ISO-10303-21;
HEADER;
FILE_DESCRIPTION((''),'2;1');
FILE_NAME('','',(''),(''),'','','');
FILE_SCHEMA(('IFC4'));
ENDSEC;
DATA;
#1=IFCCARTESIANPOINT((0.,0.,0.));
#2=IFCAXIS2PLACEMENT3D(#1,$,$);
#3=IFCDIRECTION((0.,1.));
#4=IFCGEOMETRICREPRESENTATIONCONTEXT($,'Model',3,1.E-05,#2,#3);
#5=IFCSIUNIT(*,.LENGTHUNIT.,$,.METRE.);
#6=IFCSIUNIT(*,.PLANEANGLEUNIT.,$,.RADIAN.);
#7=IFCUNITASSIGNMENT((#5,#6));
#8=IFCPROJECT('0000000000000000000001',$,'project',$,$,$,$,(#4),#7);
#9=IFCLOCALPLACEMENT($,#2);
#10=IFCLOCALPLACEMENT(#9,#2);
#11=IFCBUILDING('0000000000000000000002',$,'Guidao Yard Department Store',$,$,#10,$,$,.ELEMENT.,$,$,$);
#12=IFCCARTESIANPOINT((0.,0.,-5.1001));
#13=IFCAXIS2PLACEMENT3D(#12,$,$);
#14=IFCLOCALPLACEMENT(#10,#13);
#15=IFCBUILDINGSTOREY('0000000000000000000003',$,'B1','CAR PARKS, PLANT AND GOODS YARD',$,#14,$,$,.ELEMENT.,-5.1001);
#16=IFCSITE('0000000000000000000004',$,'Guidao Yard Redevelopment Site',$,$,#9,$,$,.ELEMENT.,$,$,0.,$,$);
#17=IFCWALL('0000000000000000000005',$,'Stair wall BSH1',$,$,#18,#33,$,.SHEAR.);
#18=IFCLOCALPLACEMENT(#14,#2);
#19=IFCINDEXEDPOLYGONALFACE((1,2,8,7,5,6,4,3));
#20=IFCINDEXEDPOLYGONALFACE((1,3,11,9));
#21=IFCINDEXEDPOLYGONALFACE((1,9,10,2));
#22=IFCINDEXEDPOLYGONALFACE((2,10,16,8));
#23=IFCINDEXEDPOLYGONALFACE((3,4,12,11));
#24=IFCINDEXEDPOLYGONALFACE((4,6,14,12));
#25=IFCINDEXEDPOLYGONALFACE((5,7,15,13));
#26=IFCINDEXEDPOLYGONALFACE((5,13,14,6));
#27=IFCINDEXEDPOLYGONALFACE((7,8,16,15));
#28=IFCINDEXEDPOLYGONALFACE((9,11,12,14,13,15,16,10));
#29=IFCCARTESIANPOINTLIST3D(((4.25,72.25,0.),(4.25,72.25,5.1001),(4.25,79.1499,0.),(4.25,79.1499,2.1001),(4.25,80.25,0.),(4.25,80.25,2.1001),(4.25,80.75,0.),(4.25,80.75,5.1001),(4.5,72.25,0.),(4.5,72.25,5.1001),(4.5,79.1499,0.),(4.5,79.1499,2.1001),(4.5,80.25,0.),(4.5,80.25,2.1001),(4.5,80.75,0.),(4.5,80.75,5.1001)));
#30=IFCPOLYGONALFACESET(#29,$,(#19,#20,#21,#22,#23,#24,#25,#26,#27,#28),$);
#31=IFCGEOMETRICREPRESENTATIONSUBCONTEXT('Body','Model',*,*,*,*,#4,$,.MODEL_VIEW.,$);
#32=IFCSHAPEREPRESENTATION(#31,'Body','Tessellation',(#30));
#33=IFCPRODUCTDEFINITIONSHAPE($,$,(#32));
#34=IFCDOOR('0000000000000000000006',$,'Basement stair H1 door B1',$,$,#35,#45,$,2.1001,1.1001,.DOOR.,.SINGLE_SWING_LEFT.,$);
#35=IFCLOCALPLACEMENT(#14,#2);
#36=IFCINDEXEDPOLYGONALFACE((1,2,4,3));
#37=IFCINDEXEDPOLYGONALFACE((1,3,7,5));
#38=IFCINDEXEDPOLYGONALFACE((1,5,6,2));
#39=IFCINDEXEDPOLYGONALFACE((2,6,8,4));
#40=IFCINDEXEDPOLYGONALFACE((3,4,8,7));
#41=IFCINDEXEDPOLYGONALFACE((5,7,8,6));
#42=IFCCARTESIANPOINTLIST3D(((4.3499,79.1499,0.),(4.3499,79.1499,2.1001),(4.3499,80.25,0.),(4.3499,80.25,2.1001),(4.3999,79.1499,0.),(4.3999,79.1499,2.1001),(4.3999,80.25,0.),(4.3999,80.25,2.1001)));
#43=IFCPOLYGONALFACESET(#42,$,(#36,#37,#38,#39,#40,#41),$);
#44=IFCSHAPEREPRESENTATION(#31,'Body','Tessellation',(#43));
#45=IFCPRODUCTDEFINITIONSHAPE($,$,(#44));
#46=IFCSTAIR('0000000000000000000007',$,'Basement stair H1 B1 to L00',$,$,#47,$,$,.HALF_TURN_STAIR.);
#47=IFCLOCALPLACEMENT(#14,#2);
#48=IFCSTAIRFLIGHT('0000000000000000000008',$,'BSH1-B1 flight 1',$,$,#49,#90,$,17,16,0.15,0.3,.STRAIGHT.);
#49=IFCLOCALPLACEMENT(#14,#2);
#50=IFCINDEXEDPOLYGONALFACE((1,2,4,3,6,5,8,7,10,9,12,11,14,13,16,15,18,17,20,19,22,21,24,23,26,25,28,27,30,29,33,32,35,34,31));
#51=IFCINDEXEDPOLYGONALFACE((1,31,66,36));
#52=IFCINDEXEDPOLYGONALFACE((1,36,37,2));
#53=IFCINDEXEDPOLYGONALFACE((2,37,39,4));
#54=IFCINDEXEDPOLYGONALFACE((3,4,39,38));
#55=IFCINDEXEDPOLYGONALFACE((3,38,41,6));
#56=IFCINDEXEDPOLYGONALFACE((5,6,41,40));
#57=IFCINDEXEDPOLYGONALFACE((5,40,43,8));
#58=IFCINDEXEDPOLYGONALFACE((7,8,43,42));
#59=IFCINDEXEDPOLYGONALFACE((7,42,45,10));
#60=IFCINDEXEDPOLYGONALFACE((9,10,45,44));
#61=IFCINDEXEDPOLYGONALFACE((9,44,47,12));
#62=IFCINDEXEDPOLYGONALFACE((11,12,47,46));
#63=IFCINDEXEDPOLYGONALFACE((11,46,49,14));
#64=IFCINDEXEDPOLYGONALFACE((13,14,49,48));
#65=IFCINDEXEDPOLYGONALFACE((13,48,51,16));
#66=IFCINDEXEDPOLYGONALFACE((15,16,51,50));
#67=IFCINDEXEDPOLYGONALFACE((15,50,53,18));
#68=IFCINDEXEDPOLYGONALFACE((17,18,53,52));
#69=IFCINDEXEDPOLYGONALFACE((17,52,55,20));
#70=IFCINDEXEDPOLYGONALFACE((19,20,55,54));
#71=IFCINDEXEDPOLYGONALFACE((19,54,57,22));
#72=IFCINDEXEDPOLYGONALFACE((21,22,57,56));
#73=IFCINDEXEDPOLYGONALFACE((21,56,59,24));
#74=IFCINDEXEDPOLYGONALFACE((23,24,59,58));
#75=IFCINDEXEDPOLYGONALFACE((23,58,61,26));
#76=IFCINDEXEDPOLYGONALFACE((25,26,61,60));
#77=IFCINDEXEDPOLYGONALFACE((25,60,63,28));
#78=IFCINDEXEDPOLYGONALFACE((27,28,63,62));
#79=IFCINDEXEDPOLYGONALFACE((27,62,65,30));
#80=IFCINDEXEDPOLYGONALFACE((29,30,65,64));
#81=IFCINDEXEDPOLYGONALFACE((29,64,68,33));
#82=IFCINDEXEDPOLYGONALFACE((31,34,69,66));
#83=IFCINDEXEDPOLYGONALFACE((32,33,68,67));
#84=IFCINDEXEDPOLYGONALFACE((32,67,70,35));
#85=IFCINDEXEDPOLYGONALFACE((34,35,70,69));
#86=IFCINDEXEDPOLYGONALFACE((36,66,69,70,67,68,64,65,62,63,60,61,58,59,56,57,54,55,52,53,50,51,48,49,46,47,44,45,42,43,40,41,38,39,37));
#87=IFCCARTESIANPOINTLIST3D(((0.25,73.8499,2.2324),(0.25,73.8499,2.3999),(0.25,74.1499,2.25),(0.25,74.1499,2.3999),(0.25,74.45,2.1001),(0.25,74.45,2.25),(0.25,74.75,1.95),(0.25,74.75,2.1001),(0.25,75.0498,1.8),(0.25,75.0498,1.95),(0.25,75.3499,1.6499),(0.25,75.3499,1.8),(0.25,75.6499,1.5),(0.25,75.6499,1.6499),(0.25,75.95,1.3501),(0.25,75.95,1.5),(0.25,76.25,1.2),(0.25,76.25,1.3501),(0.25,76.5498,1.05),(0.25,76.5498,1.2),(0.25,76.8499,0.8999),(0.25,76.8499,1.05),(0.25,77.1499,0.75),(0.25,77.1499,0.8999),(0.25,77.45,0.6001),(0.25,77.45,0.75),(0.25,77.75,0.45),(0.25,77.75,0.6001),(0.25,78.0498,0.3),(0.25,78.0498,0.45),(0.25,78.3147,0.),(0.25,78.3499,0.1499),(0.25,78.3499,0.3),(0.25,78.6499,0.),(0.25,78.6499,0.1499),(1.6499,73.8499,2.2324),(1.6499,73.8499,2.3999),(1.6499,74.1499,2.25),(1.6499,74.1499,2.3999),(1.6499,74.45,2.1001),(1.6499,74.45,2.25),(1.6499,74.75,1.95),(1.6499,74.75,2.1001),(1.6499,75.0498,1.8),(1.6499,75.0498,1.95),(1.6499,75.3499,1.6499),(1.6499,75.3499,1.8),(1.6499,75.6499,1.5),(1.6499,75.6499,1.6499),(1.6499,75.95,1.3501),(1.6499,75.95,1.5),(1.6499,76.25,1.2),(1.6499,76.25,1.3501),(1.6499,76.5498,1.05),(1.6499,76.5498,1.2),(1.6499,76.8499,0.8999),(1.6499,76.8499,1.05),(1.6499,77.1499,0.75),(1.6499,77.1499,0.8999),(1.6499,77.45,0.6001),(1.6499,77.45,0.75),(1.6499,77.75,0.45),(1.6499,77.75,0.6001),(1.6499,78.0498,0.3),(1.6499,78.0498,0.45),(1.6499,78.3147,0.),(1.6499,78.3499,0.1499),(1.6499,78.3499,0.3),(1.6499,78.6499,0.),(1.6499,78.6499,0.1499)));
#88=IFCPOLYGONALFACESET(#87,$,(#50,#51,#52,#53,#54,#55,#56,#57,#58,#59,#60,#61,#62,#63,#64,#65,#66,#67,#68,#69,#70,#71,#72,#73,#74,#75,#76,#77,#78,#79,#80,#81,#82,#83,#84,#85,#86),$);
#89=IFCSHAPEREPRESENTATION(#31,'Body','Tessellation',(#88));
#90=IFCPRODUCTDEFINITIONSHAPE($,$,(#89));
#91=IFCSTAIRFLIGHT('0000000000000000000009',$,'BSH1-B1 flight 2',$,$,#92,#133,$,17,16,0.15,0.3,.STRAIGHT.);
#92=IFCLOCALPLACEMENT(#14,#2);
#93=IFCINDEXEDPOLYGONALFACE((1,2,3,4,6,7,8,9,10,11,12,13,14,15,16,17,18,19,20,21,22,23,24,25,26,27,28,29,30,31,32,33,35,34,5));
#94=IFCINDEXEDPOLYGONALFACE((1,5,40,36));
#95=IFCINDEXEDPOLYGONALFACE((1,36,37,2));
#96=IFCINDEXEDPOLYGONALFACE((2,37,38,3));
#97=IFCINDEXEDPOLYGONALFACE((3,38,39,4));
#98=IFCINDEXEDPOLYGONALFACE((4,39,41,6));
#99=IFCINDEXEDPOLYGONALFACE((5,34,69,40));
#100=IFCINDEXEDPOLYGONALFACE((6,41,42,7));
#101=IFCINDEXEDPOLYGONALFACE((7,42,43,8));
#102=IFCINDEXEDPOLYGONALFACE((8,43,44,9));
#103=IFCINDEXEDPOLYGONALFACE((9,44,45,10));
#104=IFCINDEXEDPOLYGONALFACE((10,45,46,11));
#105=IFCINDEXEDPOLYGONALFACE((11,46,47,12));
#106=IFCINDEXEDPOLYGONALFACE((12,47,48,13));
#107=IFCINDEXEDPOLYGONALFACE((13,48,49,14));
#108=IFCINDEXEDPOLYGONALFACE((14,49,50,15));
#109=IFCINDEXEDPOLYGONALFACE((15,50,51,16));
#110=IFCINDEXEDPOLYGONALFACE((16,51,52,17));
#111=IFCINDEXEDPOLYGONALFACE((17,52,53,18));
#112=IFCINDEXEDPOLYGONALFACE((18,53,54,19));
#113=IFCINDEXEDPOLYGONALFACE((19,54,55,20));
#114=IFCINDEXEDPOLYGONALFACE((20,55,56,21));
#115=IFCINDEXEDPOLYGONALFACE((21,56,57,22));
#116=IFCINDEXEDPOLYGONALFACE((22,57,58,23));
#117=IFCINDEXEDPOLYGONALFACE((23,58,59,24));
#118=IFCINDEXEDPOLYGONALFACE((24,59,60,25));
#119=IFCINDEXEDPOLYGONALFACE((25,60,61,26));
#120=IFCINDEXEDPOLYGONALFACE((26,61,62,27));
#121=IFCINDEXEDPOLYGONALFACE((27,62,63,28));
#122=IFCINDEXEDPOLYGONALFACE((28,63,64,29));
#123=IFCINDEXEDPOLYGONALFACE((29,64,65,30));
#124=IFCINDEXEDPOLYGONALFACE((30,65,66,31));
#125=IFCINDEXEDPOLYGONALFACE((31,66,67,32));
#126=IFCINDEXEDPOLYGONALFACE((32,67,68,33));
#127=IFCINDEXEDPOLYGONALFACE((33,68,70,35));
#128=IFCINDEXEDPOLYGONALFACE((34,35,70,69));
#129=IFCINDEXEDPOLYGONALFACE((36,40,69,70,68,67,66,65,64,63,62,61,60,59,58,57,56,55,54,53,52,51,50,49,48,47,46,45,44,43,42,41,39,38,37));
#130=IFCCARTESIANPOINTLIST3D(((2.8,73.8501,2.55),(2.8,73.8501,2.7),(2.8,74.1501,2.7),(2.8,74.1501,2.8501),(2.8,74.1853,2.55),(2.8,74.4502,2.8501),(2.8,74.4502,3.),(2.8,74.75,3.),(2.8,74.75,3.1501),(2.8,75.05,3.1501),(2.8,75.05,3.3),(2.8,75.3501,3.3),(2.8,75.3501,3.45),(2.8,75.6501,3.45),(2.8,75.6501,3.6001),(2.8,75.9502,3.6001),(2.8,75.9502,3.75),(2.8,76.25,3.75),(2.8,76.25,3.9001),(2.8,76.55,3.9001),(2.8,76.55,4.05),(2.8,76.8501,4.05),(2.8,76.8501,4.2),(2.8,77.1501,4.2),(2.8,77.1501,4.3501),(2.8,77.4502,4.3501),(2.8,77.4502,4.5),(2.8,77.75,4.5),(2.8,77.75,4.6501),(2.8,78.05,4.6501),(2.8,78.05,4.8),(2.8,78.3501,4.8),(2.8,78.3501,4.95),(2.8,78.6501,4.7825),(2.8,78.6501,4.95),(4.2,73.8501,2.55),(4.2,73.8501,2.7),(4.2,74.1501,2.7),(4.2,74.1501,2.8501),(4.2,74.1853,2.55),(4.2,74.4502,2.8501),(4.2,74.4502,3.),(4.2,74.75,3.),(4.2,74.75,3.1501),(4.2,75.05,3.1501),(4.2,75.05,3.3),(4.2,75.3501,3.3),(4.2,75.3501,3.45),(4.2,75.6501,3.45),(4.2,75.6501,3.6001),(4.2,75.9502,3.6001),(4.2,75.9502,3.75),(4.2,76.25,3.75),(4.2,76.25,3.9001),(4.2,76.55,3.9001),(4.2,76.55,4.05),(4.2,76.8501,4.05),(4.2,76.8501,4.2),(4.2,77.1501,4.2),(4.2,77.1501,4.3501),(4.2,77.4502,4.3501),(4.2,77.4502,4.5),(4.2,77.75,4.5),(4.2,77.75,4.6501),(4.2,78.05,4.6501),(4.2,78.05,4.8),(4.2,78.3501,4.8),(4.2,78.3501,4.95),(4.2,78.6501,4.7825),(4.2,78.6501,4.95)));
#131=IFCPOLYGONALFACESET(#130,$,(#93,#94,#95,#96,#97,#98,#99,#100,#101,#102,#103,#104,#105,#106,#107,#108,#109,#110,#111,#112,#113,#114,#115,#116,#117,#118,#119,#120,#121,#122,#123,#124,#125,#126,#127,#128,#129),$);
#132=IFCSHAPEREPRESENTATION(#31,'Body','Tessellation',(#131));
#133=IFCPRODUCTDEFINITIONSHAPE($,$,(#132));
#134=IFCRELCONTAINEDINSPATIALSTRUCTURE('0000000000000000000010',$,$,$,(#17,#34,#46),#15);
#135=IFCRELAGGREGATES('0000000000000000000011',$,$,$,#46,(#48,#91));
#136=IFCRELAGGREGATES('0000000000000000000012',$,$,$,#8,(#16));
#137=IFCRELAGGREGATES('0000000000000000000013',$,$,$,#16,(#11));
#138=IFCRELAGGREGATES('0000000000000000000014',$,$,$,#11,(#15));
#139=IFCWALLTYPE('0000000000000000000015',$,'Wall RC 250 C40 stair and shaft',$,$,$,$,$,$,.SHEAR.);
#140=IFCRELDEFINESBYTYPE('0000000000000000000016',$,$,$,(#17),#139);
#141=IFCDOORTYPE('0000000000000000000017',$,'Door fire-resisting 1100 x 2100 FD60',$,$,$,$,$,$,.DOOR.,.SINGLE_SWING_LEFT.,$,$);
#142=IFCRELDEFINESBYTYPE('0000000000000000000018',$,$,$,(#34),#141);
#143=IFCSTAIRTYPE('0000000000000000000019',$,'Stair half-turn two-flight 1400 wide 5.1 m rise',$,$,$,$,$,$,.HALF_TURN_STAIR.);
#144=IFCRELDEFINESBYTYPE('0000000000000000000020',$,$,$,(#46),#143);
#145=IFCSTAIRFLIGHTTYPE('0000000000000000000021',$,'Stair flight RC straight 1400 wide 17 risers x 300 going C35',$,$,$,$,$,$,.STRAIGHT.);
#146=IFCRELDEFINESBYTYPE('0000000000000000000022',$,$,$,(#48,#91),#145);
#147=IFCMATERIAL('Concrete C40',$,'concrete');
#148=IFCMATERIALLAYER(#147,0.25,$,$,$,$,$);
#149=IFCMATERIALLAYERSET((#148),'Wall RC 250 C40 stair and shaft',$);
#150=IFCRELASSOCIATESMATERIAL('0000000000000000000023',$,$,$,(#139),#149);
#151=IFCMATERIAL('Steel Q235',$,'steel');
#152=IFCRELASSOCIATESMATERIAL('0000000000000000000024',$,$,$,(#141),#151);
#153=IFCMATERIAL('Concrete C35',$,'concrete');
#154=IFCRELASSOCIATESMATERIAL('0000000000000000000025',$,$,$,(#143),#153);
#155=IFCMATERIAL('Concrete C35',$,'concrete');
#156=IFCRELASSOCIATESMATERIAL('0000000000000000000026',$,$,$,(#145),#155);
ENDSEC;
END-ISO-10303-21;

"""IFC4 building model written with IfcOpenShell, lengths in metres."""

from ifc_helpers import new_model, si_unit, direction, frame, frame_2d, origin, place, context, subcontext, project, spatial, polyline, rectangle, outline, extrude, material, layer, layer_set, type_object, element, fill, aggregate, save


model = new_model("IFC4")

# Units and contexts
model_context = context("Model", 3, precision=1e-05, world=origin(), true_north=direction((0.0, 1.0)))
body_context = subcontext(model_context, "Body", "Model", "MODEL_VIEW")
ifc_project = project(units=[si_unit("LENGTHUNIT", "METRE"), si_unit("PLANEANGLEUNIT", "RADIAN")], contexts=[model_context])

# Site, building, storey
site_placement = place(None, origin())
site = spatial("IfcSite", under=ifc_project, at=site_placement, Name="Guidao Yard Redevelopment Site", CompositionType="ELEMENT", RefElevation=0.0)
building_placement = place(site_placement, origin())
building = spatial("IfcBuilding", under=site, at=building_placement, Name="Guidao Yard Department Store", CompositionType="ELEMENT")
storey_placement = place(building_placement, frame((0.0, 0.0, -5.1001)))
storey = spatial("IfcBuildingStorey", under=building, at=storey_placement, Name="B1", Description="CAR PARKS, PLANT AND GOODS YARD", CompositionType="ELEMENT", Elevation=-5.1001)

# Shared definitions
ifc_material_1 = material(Name="Concrete C40", Category="concrete")
ifc_layer_1 = layer(ifc_material_1, 0.25)
ifc_layer_set_1 = layer_set([ifc_layer_1], Name="Wall RC 250 C40 stair and shaft")
wall_type_1 = type_object("IfcWallType", Name="Wall RC 250 C40 stair and shaft", PredefinedType="SHEAR", material=ifc_layer_set_1)

# Wall, opening, door
wall_1_placement = place(storey_placement, frame((4.375, 72.25, 0.0), z_axis=(0.0, 0.0, 1.0), x_axis=(0.0, 1.0, 0.0)))
wall_1 = element("IfcWall", 1, at=wall_1_placement, inside=storey, type_object=wall_type_1, Name="Stair wall BSH1", PredefinedType="SHEAR", context=body_context, shape_type="SweptSolid", body=[
    extrude(rectangle(XDim=8.5, YDim=0.25, at=frame_2d((4.25, 0.0))), origin(), (0.0, 0.0, 1.0), 5.1001),
])
opening_1_placement = place(wall_1_placement, frame((8.0, 0.0, 0.0), z_axis=(0.0, 0.0, 1.0), x_axis=(-1.0, 0.0, 0.0)))
opening_1 = element("IfcOpeningElement", 2, at=opening_1_placement, cuts=wall_1, PredefinedType="OPENING", context=body_context, shape_type="SweptSolid", body=[
    extrude(rectangle(XDim=1.1001, YDim=2.1001, at=frame_2d((0.55, 1.05))), frame((0.0, 0.135, 0.0), z_axis=(0.0, -1.0, 0.0), x_axis=(1.0, 0.0, 0.0)), (0.0, 0.0, 1.0), 0.27),
])
ifc_material_2 = material(Name="Steel Q235", Category="steel")
door_type_1 = type_object("IfcDoorType", Name="Door fire-resisting 1100 x 2100 FD60", OperationType="SINGLE_SWING_LEFT", PredefinedType="DOOR", material=ifc_material_2)
door_1_placement = place(opening_1_placement, origin())
door_1 = element("IfcDoor", 3, at=door_1_placement, inside=storey, type_object=door_type_1, Name="Basement stair H1 door B1", OperationType="SINGLE_SWING_LEFT", OverallHeight=2.1001, OverallWidth=1.1001, PredefinedType="DOOR", context=body_context, shape_type="SweptSolid", body=[
    extrude(rectangle(XDim=1.1001, YDim=2.1001, at=frame_2d((0.55, 1.05))), frame((0.0, 0.0249, 0.0), z_axis=(0.0, -1.0, 0.0), x_axis=(1.0, 0.0, 0.0)), (0.0, 0.0, 1.0), 0.05),
])
fill(opening_1, door_1)

# Stair, stair flights
ifc_material_3 = material(Name="Concrete C35", Category="concrete")
stair_type = type_object("IfcStairType", Name="Stair half-turn two-flight 1400 wide 5.1 m rise", PredefinedType="HALF_TURN_STAIR", material=ifc_material_3)
stair_placement = place(storey_placement, origin())
stair = element("IfcStair", 4, at=stair_placement, inside=storey, type_object=stair_type, Name="Basement stair H1 B1 to L00", PredefinedType="HALF_TURN_STAIR")
ifc_material_4 = material(Name="Concrete C35", Category="concrete")
stair_flight_type = type_object("IfcStairFlightType", Name="Stair flight RC straight 1400 wide 17 risers x 300 going C35", PredefinedType="STRAIGHT", material=ifc_material_4)
stair_flight_1_placement = place(storey_placement, frame((0.95, 78.6499, 0.0), z_axis=(0.0, 0.0, 1.0), x_axis=(0.0, -1.0, 0.0)))
stair_flight_1 = element("IfcStairFlight", 5, at=stair_flight_1_placement, type_object=stair_flight_type, Name="BSH1-B1 flight 1", NumberOfRisers=17, NumberOfTreads=16, PredefinedType="STRAIGHT", RiserHeight=0.15, TreadLength=0.3, context=body_context, shape_type="SweptSolid", body=[
    extrude(outline(polyline([(0.0, 0.0), (0.0, 0.1499), (0.3, 0.1499), (0.3, 0.3), (0.6001, 0.3), (0.6001, 0.45), (0.8999, 0.45), (0.8999, 0.6001), (1.2, 0.6001), (1.2, 0.75), (1.5, 0.75), (1.5, 0.8999), (1.8, 0.8999), (1.8, 1.05), (2.1001, 1.05), (2.1001, 1.2), (2.3999, 1.2), (2.3999, 1.3501), (2.7, 1.3501), (2.7, 1.5), (3.0, 1.5), (3.0, 1.6499), (3.3, 1.6499), (3.3, 1.8), (3.6001, 1.8), (3.6001, 1.95), (3.8999, 1.95), (3.8999, 2.1001), (4.2, 2.1001), (4.2, 2.25), (4.5, 2.25), (4.5, 2.3999), (4.8, 2.3999), (4.8, 2.55), (4.8, 2.2324), (0.3352, 0.0), (0.0, 0.0)])), frame((0.0, 0.7, 0.0), z_axis=(0.0, -1.0, 0.0), x_axis=(1.0, 0.0, 0.0)), (0.0, 0.0, 1.0), 1.3999),
])
stair_flight_2_placement = place(storey_placement, frame((3.5, 73.8501, 2.55), z_axis=(0.0, 0.0, 1.0), x_axis=(0.0, 1.0, 0.0)))
stair_flight_2 = element("IfcStairFlight", 6, at=stair_flight_2_placement, type_object=stair_flight_type, Name="BSH1-B1 flight 2", NumberOfRisers=17, NumberOfTreads=16, PredefinedType="STRAIGHT", RiserHeight=0.15, TreadLength=0.3, context=body_context, shape_type="SweptSolid", body=[
    extrude(outline(polyline([(0.0, 0.0), (0.0, 0.1499), (0.3, 0.1499), (0.3, 0.3), (0.6001, 0.3), (0.6001, 0.45), (0.8999, 0.45), (0.8999, 0.6001), (1.2, 0.6001), (1.2, 0.75), (1.5, 0.75), (1.5, 0.8999), (1.8, 0.8999), (1.8, 1.05), (2.1001, 1.05), (2.1001, 1.2), (2.3999, 1.2), (2.3999, 1.3501), (2.7, 1.3501), (2.7, 1.5), (3.0, 1.5), (3.0, 1.6499), (3.3, 1.6499), (3.3, 1.8), (3.6001, 1.8), (3.6001, 1.95), (3.8999, 1.95), (3.8999, 2.1001), (4.2, 2.1001), (4.2, 2.25), (4.5, 2.25), (4.5, 2.3999), (4.8, 2.3999), (4.8, 2.55), (4.8, 2.2324), (0.3352, 0.0), (0.0, 0.0)])), frame((0.0, 0.7, 0.0), z_axis=(0.0, -1.0, 0.0), x_axis=(1.0, 0.0, 0.0)), (0.0, 0.0, 1.0), 1.3999),
])
aggregate(stair, [stair_flight_1, stair_flight_2])

save(model, "model.ifc")
